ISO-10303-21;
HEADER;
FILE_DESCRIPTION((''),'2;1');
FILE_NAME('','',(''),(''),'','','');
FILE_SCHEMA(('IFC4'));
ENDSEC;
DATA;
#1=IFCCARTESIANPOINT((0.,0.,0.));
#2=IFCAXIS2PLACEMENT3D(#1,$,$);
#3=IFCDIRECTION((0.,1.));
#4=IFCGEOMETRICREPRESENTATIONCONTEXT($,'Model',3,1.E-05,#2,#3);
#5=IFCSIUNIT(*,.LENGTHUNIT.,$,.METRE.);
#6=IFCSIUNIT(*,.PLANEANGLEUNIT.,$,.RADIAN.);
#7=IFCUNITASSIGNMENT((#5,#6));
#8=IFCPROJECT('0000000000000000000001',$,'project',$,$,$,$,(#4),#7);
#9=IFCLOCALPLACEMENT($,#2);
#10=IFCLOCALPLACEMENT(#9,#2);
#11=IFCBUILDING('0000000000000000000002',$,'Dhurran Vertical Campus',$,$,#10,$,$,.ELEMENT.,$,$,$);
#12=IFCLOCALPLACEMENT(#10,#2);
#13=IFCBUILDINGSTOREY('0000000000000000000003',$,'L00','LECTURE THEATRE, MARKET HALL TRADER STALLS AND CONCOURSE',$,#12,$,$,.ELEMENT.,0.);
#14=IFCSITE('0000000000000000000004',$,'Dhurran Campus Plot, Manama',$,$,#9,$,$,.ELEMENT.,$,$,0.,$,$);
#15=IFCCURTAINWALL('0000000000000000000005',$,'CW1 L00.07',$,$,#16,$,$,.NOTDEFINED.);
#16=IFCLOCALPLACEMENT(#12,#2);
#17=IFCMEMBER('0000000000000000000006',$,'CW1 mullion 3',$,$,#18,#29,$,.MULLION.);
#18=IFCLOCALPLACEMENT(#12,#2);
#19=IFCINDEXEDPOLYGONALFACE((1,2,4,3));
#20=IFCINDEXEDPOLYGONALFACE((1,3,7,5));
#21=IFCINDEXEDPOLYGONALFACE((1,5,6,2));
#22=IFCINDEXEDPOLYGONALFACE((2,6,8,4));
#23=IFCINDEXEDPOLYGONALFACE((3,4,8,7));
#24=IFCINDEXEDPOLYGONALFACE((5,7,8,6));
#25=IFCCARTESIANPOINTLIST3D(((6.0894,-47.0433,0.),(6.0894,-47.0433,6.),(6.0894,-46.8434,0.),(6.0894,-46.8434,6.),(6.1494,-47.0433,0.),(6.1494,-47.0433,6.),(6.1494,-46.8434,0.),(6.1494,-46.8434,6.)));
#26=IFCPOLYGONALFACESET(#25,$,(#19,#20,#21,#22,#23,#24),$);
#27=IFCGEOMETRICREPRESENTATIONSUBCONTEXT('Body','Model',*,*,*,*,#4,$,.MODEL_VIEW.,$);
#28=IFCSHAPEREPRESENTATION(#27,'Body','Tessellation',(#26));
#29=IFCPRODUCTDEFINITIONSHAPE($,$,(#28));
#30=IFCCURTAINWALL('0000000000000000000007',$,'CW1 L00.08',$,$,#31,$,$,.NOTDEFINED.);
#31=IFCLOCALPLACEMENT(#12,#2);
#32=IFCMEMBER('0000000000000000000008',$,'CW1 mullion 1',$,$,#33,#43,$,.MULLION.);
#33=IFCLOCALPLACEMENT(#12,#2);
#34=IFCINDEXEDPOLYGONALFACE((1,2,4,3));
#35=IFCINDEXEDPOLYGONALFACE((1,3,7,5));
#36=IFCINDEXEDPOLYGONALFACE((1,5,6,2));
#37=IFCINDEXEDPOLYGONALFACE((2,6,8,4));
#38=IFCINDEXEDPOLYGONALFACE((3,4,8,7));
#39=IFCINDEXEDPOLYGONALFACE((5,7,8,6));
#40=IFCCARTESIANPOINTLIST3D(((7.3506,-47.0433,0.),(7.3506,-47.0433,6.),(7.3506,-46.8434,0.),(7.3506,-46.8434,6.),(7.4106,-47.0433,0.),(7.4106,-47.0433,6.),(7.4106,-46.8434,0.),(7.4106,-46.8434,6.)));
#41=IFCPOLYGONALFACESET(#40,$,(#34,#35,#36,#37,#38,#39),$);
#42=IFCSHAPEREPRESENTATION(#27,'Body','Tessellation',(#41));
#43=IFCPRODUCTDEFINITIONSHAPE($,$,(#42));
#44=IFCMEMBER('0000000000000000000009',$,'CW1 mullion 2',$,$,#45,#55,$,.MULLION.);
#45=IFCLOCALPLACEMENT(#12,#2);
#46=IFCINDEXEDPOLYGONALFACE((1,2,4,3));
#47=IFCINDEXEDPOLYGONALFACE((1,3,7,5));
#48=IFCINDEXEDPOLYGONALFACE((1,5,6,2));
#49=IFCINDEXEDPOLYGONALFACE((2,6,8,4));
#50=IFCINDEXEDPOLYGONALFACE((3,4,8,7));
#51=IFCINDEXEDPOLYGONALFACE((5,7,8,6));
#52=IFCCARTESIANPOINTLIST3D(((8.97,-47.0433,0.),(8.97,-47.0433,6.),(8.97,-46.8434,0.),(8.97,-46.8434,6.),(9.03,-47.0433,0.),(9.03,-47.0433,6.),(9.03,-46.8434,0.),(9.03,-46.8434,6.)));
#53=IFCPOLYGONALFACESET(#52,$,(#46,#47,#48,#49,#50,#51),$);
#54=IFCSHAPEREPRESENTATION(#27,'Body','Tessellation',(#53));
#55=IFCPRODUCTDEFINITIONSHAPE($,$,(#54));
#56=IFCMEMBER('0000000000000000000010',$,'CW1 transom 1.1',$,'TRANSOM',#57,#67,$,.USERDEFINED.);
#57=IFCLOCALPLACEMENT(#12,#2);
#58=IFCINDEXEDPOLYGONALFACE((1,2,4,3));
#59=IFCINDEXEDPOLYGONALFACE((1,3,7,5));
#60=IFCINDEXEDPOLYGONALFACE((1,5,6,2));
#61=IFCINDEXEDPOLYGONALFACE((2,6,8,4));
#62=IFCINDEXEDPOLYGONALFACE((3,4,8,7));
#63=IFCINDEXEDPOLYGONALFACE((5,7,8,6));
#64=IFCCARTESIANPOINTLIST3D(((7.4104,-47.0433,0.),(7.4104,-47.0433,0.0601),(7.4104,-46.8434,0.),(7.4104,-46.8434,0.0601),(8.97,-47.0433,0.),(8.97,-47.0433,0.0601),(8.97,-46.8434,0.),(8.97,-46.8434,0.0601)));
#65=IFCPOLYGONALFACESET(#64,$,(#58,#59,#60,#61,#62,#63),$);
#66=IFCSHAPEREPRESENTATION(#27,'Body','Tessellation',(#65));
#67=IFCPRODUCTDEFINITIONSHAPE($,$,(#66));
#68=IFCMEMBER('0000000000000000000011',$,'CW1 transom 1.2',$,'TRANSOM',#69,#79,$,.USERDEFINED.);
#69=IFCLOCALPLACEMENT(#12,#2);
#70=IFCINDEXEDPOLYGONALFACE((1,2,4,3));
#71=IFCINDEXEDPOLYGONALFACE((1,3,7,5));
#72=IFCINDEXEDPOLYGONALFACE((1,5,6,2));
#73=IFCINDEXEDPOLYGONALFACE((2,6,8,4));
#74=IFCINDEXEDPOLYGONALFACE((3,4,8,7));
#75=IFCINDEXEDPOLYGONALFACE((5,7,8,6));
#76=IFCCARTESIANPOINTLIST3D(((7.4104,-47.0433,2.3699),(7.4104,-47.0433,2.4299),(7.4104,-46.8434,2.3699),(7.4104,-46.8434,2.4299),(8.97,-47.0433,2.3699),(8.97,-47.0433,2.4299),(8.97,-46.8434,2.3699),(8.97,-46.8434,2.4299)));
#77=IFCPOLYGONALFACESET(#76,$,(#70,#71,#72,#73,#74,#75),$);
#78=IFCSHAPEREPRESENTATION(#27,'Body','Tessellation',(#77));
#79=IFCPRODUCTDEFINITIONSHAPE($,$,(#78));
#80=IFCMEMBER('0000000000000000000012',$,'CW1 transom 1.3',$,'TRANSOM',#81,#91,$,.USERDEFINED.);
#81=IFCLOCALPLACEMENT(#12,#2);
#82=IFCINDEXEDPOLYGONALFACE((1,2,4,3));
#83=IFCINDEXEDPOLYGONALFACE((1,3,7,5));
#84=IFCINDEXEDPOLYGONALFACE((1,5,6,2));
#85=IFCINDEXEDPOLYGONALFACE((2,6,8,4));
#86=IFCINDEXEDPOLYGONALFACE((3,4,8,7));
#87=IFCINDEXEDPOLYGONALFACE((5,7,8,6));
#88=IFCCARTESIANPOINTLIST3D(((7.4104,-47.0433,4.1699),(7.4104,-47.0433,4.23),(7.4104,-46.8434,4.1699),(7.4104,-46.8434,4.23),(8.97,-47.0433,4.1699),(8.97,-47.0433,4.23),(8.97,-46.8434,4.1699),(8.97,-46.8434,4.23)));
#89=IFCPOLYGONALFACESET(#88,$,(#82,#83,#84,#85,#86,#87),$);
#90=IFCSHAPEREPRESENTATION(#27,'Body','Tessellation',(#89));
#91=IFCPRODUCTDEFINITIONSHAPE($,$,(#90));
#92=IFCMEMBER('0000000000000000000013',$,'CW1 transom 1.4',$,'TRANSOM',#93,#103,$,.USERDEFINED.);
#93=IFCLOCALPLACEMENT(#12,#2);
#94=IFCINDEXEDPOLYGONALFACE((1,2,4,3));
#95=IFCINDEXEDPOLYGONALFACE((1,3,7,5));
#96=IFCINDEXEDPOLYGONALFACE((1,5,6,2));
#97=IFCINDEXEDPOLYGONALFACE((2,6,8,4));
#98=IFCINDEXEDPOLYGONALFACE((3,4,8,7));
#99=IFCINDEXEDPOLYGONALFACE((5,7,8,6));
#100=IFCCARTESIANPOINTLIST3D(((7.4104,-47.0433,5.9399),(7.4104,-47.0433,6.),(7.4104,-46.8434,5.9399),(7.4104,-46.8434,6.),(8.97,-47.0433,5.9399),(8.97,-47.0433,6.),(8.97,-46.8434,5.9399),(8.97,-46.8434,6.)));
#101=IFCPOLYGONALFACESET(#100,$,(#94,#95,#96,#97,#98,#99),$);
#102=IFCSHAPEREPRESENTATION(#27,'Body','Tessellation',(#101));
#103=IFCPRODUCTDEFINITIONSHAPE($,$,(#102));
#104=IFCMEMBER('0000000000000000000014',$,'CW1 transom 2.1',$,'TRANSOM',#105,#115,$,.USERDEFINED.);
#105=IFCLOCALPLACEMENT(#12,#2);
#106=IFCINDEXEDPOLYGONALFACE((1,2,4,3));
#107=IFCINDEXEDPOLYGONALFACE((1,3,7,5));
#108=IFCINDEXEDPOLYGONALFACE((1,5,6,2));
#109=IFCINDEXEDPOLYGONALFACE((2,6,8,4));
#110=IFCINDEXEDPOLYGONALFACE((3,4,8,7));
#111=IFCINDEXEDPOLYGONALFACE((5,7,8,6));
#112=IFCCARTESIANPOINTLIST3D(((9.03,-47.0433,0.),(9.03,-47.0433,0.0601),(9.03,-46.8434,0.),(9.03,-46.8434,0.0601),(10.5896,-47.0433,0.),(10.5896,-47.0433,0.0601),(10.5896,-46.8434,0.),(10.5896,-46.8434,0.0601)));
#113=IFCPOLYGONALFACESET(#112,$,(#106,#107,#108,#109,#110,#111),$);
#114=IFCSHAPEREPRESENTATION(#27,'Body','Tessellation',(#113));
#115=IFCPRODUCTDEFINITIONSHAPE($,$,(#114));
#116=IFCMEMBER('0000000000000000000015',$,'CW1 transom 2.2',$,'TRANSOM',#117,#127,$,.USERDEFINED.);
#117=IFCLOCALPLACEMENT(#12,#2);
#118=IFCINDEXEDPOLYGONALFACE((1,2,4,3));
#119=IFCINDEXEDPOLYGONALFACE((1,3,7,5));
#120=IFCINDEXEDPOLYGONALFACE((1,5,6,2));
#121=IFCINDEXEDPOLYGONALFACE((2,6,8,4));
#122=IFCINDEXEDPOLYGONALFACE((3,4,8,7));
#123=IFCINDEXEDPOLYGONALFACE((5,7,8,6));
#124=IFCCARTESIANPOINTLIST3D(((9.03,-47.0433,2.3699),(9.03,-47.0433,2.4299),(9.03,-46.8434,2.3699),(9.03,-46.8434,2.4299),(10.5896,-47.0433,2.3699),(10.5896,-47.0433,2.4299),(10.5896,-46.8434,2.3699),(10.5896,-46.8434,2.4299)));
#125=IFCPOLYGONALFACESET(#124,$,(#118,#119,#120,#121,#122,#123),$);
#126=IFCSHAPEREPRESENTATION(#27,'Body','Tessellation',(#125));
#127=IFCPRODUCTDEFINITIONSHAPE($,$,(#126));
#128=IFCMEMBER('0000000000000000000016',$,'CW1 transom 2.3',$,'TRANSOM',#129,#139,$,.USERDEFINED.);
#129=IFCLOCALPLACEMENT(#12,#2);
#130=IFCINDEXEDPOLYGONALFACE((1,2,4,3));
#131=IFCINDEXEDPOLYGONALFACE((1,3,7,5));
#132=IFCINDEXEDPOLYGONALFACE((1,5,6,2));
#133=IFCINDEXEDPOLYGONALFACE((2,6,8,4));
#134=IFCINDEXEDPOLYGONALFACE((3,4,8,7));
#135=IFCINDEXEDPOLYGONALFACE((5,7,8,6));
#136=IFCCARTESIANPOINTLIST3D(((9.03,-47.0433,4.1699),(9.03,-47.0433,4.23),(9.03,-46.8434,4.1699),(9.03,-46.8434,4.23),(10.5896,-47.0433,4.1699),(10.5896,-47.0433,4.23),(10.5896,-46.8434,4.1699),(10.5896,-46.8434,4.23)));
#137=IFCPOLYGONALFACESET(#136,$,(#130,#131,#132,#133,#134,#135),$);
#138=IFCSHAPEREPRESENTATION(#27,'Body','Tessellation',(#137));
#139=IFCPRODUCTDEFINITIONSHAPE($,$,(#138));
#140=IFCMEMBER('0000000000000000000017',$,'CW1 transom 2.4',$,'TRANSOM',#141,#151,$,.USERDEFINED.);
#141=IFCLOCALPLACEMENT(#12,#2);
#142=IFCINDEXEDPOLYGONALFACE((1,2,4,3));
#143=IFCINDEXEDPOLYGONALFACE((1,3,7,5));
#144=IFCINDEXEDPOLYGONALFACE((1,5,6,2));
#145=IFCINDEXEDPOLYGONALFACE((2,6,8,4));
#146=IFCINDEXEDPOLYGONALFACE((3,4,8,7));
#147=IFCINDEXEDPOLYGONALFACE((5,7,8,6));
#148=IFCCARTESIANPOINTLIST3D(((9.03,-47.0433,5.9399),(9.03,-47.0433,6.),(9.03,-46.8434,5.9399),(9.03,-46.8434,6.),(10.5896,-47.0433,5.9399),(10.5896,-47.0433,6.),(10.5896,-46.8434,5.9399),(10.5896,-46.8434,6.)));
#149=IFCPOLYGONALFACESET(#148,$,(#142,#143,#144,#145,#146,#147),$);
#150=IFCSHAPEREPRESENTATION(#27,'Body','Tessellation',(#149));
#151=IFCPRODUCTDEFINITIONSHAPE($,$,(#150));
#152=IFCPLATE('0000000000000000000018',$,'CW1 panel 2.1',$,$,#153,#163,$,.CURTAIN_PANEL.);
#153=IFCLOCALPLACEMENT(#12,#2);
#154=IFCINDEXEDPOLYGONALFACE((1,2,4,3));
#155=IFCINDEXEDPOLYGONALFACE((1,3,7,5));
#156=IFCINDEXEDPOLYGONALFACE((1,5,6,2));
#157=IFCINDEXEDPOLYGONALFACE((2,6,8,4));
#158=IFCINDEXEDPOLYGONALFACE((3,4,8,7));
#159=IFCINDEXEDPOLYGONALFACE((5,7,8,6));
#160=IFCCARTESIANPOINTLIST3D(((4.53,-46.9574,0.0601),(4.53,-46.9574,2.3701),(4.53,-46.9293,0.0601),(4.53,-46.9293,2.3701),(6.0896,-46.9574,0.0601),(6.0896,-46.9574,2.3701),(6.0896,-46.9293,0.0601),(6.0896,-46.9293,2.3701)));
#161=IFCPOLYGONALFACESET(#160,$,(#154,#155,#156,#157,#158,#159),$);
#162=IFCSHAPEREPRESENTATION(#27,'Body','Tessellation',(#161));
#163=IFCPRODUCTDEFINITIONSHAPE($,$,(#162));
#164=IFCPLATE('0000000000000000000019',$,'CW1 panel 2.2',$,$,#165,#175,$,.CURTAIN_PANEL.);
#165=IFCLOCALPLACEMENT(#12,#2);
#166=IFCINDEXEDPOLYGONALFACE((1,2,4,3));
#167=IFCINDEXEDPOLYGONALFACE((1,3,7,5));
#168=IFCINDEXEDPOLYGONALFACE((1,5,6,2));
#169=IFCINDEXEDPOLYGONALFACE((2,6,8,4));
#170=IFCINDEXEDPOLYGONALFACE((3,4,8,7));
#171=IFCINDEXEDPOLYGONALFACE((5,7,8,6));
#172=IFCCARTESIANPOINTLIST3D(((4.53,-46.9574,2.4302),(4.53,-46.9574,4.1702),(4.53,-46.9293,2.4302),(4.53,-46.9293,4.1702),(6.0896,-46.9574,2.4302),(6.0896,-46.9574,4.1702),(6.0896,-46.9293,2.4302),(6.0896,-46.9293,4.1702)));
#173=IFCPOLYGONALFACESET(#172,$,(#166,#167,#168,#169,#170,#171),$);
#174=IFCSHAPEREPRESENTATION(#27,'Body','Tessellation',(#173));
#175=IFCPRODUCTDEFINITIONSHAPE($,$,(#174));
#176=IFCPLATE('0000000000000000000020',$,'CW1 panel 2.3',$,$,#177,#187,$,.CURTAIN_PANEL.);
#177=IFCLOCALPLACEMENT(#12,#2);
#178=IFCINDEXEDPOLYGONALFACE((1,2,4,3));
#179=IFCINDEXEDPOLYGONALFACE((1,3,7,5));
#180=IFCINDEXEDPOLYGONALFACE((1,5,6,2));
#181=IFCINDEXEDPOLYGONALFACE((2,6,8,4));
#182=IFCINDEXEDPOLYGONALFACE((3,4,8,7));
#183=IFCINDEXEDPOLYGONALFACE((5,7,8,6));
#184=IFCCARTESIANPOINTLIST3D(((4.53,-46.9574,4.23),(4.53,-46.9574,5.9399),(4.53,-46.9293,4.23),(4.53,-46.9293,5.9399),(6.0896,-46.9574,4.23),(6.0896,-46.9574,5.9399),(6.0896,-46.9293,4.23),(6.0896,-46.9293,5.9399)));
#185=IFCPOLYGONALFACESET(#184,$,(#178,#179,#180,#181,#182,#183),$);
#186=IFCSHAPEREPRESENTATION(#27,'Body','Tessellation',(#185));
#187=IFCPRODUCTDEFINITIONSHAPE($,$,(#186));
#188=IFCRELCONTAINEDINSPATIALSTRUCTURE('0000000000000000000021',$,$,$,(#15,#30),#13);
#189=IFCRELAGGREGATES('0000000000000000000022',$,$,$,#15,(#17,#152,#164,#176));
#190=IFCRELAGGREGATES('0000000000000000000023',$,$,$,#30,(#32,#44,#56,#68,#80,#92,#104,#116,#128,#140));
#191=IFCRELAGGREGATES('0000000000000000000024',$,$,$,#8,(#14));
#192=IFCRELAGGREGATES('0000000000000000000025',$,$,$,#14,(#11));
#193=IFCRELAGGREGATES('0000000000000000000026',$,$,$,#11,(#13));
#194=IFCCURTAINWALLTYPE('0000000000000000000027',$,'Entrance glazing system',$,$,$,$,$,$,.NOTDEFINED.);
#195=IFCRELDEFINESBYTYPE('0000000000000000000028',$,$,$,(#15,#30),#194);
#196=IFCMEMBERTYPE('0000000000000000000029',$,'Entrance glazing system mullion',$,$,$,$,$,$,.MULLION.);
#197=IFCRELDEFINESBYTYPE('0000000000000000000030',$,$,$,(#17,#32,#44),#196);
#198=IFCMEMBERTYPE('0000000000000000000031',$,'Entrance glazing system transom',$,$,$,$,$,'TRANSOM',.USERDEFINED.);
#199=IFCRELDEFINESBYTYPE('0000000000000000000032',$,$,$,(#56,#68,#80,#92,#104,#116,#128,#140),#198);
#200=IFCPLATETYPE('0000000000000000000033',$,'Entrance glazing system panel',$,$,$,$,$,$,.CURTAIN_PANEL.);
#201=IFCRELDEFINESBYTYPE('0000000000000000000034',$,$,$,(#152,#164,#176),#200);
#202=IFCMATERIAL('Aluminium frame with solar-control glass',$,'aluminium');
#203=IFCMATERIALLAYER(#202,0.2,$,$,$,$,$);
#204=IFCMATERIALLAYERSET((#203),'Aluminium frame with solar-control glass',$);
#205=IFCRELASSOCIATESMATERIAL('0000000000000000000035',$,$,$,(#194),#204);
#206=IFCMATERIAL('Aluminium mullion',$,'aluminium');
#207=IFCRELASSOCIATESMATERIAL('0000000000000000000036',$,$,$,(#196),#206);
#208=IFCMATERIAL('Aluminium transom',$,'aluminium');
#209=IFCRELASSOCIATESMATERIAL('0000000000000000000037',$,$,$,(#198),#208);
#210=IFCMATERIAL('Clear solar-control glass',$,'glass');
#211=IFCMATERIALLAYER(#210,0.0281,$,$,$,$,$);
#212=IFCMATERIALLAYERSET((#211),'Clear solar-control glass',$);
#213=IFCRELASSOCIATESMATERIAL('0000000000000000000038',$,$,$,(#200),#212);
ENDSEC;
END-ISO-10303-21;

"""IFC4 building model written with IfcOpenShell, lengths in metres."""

from ifc_helpers import new_model, si_unit, direction, frame, origin, origin_2d, place, context, subcontext, project, spatial, rectangle, extrude, material, layer, layer_set, material_profile, profile_set, type_object, element, aggregate, save


model = new_model("IFC4")

# Units and contexts
model_context = context("Model", 3, precision=1e-05, world=origin(), true_north=direction((0.0, 1.0)))
body_context = subcontext(model_context, "Body", "Model", "MODEL_VIEW")
ifc_project = project(units=[si_unit("LENGTHUNIT", "METRE"), si_unit("PLANEANGLEUNIT", "RADIAN")], contexts=[model_context])

# Site, building, storey
site_placement = place(None, origin())
site = spatial("IfcSite", under=ifc_project, at=site_placement, Name="Dhurran Campus Plot, Manama", CompositionType="ELEMENT", RefElevation=0.0)
building_placement = place(site_placement, origin())
building = spatial("IfcBuilding", under=site, at=building_placement, Name="Dhurran Vertical Campus", CompositionType="ELEMENT")
storey_placement = place(building_placement, origin())
storey = spatial("IfcBuildingStorey", under=building, at=storey_placement, Name="L00", Description="LECTURE THEATRE, MARKET HALL TRADER STALLS AND CONCOURSE", CompositionType="ELEMENT", Elevation=0.0)

# Curtain wall, member
ifc_material_1 = material(Name="Aluminium frame with solar-control glass", Category="aluminium")
ifc_layer_1 = layer(ifc_material_1, 0.2)
ifc_layer_set_1 = layer_set([ifc_layer_1], Name="Aluminium frame with solar-control glass")
curtain_wall_type = type_object("IfcCurtainWallType", Name="Entrance glazing system", PredefinedType="NOTDEFINED", material=ifc_layer_set_1)
curtain_wall_1_placement = place(storey_placement, origin())
curtain_wall_1 = element("IfcCurtainWall", 1, at=curtain_wall_1_placement, inside=storey, type_object=curtain_wall_type, Name="CW1 L00.07", PredefinedType="NOTDEFINED")
ifc_material_2 = material(Name="Aluminium mullion", Category="aluminium")
ifc_material_profile_1 = material_profile(ifc_material_2, rectangle(XDim=0.2, YDim=0.0601, at=origin_2d()), Name="Entrance glazing system mullion")
ifc_profile_set_1 = profile_set([ifc_material_profile_1], Name="Aluminium mullion")
member_type_1 = type_object("IfcMemberType", Name="Entrance glazing system mullion", PredefinedType="MULLION", material=ifc_profile_set_1)
member_1_placement = place(storey_placement, frame((6.1194, -46.9434, 0.0), z_axis=(0.0, 0.0, 1.0), x_axis=(0.0, 1.0, 0.0)))
member_1 = element("IfcMember", 2, at=member_1_placement, type_object=member_type_1, Name="CW1 mullion 3", PredefinedType="MULLION", context=body_context, shape_type="SweptSolid", body=[
    extrude(rectangle(XDim=0.2, YDim=0.0601, at=origin_2d()), origin(), (0.0, 0.0, 1.0), 6.0),
])

# Curtain wall, members
curtain_wall_2_placement = place(storey_placement, origin())
curtain_wall_2 = element("IfcCurtainWall", 3, at=curtain_wall_2_placement, inside=storey, type_object=curtain_wall_type, Name="CW1 L00.08", PredefinedType="NOTDEFINED")
member_2_placement = place(storey_placement, frame((7.3806, -46.9434, 0.0), z_axis=(0.0, 0.0, 1.0), x_axis=(0.0, 1.0, 0.0)))
member_2 = element("IfcMember", 4, at=member_2_placement, type_object=member_type_1, Name="CW1 mullion 1", PredefinedType="MULLION", context=body_context, shape_type="SweptSolid", body=[
    extrude(rectangle(XDim=0.2, YDim=0.0601, at=origin_2d()), origin(), (0.0, 0.0, 1.0), 6.0),
])
member_3_placement = place(storey_placement, frame((9.0, -46.9434, 0.0), z_axis=(0.0, 0.0, 1.0), x_axis=(0.0, 1.0, 0.0)))
member_3 = element("IfcMember", 5, at=member_3_placement, type_object=member_type_1, Name="CW1 mullion 2", PredefinedType="MULLION", context=body_context, shape_type="SweptSolid", body=[
    extrude(rectangle(XDim=0.2, YDim=0.0601, at=origin_2d()), origin(), (0.0, 0.0, 1.0), 6.0),
])
ifc_material_3 = material(Name="Aluminium transom", Category="aluminium")
ifc_material_profile_2 = material_profile(ifc_material_3, rectangle(XDim=0.2, YDim=0.0601, at=origin_2d()), Name="Entrance glazing system transom")
ifc_profile_set_2 = profile_set([ifc_material_profile_2], Name="Aluminium transom")
member_type_2 = type_object("IfcMemberType", Name="Entrance glazing system transom", ElementType="TRANSOM", PredefinedType="USERDEFINED", material=ifc_profile_set_2)
member_4_placement = place(storey_placement, frame((7.4104, -46.9434, 0.03), z_axis=(1.0, 0.0, 0.0), x_axis=(0.0, 1.0, 0.0)))
member_4 = element("IfcMember", 6, at=member_4_placement, type_object=member_type_2, Name="CW1 transom 1.1", ObjectType="TRANSOM", PredefinedType="USERDEFINED", context=body_context, shape_type="SweptSolid", body=[
    extrude(rectangle(XDim=0.2, YDim=0.0601, at=origin_2d()), origin(), (0.0, 0.0, 1.0), 1.5596),
])
member_5_placement = place(storey_placement, frame((7.4104, -46.9434, 2.3999), z_axis=(1.0, 0.0, 0.0), x_axis=(0.0, 1.0, 0.0)))
member_5 = element("IfcMember", 7, at=member_5_placement, type_object=member_type_2, Name="CW1 transom 1.2", ObjectType="TRANSOM", PredefinedType="USERDEFINED", context=body_context, shape_type="SweptSolid", body=[
    extrude(rectangle(XDim=0.2, YDim=0.0601, at=origin_2d()), origin(), (0.0, 0.0, 1.0), 1.5596),
])
member_6_placement = place(storey_placement, frame((7.4104, -46.9434, 4.2), z_axis=(1.0, 0.0, 0.0), x_axis=(0.0, 1.0, 0.0)))
member_6 = element("IfcMember", 8, at=member_6_placement, type_object=member_type_2, Name="CW1 transom 1.3", ObjectType="TRANSOM", PredefinedType="USERDEFINED", context=body_context, shape_type="SweptSolid", body=[
    extrude(rectangle(XDim=0.2, YDim=0.0601, at=origin_2d()), origin(), (0.0, 0.0, 1.0), 1.5596),
])
member_7_placement = place(storey_placement, frame((7.4104, -46.9434, 5.97), z_axis=(1.0, 0.0, 0.0), x_axis=(0.0, 1.0, 0.0)))
member_7 = element("IfcMember", 9, at=member_7_placement, type_object=member_type_2, Name="CW1 transom 1.4", ObjectType="TRANSOM", PredefinedType="USERDEFINED", context=body_context, shape_type="SweptSolid", body=[
    extrude(rectangle(XDim=0.2, YDim=0.0601, at=origin_2d()), origin(), (0.0, 0.0, 1.0), 1.5596),
])
member_8_placement = place(storey_placement, frame((9.03, -46.9434, 0.03), z_axis=(1.0, 0.0, 0.0), x_axis=(0.0, 1.0, 0.0)))
member_8 = element("IfcMember", 10, at=member_8_placement, type_object=member_type_2, Name="CW1 transom 2.1", ObjectType="TRANSOM", PredefinedType="USERDEFINED", context=body_context, shape_type="SweptSolid", body=[
    extrude(rectangle(XDim=0.2, YDim=0.0601, at=origin_2d()), origin(), (0.0, 0.0, 1.0), 1.5596),
])
member_9_placement = place(storey_placement, frame((9.03, -46.9434, 2.3999), z_axis=(1.0, 0.0, 0.0), x_axis=(0.0, 1.0, 0.0)))
member_9 = element("IfcMember", 11, at=member_9_placement, type_object=member_type_2, Name="CW1 transom 2.2", ObjectType="TRANSOM", PredefinedType="USERDEFINED", context=body_context, shape_type="SweptSolid", body=[
    extrude(rectangle(XDim=0.2, YDim=0.0601, at=origin_2d()), origin(), (0.0, 0.0, 1.0), 1.5596),
])
member_10_placement = place(storey_placement, frame((9.03, -46.9434, 4.2), z_axis=(1.0, 0.0, 0.0), x_axis=(0.0, 1.0, 0.0)))
member_10 = element("IfcMember", 12, at=member_10_placement, type_object=member_type_2, Name="CW1 transom 2.3", ObjectType="TRANSOM", PredefinedType="USERDEFINED", context=body_context, shape_type="SweptSolid", body=[
    extrude(rectangle(XDim=0.2, YDim=0.0601, at=origin_2d()), origin(), (0.0, 0.0, 1.0), 1.5596),
])
member_11_placement = place(storey_placement, frame((9.03, -46.9434, 5.97), z_axis=(1.0, 0.0, 0.0), x_axis=(0.0, 1.0, 0.0)))
member_11 = element("IfcMember", 13, at=member_11_placement, type_object=member_type_2, Name="CW1 transom 2.4", ObjectType="TRANSOM", PredefinedType="USERDEFINED", context=body_context, shape_type="SweptSolid", body=[
    extrude(rectangle(XDim=0.2, YDim=0.0601, at=origin_2d()), origin(), (0.0, 0.0, 1.0), 1.5596),
])

# Plates
ifc_material_4 = material(Name="Clear solar-control glass", Category="glass")
ifc_layer_2 = layer(ifc_material_4, 0.0281)
ifc_layer_set_2 = layer_set([ifc_layer_2], Name="Clear solar-control glass")
plate_type = type_object("IfcPlateType", Name="Entrance glazing system panel", PredefinedType="CURTAIN_PANEL", material=ifc_layer_set_2)
plate_1_placement = place(storey_placement, frame((5.3098, -46.9434, 0.0601), z_axis=(0.0, 0.0, 1.0), x_axis=(1.0, 0.0, 0.0)))
plate_1 = element("IfcPlate", 14, at=plate_1_placement, type_object=plate_type, Name="CW1 panel 2.1", PredefinedType="CURTAIN_PANEL", context=body_context, shape_type="SweptSolid", body=[
    extrude(rectangle(XDim=1.5596, YDim=0.0281, at=origin_2d()), origin(), (0.0, 0.0, 1.0), 2.3101),
])
plate_2_placement = place(storey_placement, frame((5.3098, -46.9434, 2.4302), z_axis=(0.0, 0.0, 1.0), x_axis=(1.0, 0.0, 0.0)))
plate_2 = element("IfcPlate", 15, at=plate_2_placement, type_object=plate_type, Name="CW1 panel 2.2", PredefinedType="CURTAIN_PANEL", context=body_context, shape_type="SweptSolid", body=[
    extrude(rectangle(XDim=1.5596, YDim=0.0281, at=origin_2d()), origin(), (0.0, 0.0, 1.0), 1.74),
])
plate_3_placement = place(storey_placement, frame((5.3098, -46.9434, 4.23), z_axis=(0.0, 0.0, 1.0), x_axis=(1.0, 0.0, 0.0)))
plate_3 = element("IfcPlate", 16, at=plate_3_placement, type_object=plate_type, Name="CW1 panel 2.3", PredefinedType="CURTAIN_PANEL", context=body_context, shape_type="SweptSolid", body=[
    extrude(rectangle(XDim=1.5596, YDim=0.0281, at=origin_2d()), origin(), (0.0, 0.0, 1.0), 1.71),
])
aggregate(curtain_wall_1, [member_1, plate_1, plate_2, plate_3])
aggregate(curtain_wall_2, [member_2, member_3, member_4, member_5, member_6, member_7, member_8, member_9, member_10, member_11])

save(model, "model.ifc")
